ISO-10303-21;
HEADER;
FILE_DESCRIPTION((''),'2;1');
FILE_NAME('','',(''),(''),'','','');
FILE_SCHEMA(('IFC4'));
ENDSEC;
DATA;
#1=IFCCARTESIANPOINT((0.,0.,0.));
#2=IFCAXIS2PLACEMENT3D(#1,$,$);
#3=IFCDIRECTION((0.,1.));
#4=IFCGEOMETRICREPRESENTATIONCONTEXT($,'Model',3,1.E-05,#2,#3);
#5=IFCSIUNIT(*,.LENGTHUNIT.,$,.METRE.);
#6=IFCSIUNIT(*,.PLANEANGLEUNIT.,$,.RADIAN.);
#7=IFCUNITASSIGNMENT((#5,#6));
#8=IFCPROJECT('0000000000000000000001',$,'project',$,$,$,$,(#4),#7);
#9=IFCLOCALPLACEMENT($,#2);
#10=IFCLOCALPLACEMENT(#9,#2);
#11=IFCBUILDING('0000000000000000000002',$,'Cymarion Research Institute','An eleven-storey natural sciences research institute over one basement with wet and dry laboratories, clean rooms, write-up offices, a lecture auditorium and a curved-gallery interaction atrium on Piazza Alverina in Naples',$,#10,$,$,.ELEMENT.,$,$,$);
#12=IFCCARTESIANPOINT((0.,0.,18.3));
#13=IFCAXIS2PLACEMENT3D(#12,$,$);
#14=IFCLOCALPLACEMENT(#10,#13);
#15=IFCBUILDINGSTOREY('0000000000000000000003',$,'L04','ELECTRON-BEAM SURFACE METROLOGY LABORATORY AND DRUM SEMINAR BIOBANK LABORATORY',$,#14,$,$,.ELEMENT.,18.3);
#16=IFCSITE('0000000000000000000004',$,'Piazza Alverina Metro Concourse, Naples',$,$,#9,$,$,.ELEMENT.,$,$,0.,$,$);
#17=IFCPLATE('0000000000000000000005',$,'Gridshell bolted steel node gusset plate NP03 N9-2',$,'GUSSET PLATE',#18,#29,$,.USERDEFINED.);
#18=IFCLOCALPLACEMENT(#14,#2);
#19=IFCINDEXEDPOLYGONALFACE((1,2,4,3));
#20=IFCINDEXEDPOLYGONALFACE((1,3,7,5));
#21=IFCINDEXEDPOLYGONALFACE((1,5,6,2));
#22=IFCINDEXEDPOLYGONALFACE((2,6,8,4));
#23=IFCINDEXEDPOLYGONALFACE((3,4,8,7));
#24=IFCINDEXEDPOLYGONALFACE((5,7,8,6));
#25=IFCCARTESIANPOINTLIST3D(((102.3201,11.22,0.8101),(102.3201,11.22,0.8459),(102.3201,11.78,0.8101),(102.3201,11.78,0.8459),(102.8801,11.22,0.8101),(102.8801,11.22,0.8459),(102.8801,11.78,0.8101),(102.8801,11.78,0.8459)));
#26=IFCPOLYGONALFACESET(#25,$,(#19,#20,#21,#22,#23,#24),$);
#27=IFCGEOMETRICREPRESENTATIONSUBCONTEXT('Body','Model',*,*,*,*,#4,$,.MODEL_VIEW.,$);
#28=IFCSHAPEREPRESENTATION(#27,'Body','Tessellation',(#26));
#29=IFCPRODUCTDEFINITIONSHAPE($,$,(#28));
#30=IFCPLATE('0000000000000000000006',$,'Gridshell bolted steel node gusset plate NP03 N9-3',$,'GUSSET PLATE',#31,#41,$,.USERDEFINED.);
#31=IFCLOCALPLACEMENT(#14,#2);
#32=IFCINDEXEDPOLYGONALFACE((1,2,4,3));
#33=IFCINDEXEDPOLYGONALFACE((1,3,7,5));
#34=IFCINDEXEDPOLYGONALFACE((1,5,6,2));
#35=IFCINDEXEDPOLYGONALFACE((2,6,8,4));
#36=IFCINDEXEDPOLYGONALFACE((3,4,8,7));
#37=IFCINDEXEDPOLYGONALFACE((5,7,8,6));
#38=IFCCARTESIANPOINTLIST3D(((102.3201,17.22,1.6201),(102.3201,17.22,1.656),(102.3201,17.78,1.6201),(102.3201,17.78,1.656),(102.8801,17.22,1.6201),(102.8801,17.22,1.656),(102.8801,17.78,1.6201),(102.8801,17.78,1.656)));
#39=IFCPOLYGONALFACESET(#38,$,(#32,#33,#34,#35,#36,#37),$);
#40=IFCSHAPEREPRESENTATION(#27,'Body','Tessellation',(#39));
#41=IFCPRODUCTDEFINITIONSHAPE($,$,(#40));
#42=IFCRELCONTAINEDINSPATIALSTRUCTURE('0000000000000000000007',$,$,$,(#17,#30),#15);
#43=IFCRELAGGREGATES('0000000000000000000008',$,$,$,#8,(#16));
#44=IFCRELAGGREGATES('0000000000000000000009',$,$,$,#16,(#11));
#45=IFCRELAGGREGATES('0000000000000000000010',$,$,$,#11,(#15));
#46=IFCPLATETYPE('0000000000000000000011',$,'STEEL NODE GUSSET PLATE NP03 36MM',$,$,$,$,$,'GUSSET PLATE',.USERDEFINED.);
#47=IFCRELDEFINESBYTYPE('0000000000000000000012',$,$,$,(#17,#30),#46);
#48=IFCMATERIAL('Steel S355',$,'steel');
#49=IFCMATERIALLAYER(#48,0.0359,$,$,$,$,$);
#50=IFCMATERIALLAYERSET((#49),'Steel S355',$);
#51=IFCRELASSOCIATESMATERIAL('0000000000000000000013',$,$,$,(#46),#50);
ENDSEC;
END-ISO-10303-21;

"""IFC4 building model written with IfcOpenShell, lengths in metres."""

from ifc_helpers import new_model, si_unit, direction, frame, origin, origin_2d, place, context, subcontext, project, spatial, rectangle, extrude, material, layer, layer_set, type_object, element, save


model = new_model("IFC4")

# Units and contexts
model_context = context("Model", 3, precision=1e-05, world=origin(), true_north=direction((0.0, 1.0)))
body_context = subcontext(model_context, "Body", "Model", "MODEL_VIEW")
ifc_project = project(units=[si_unit("LENGTHUNIT", "METRE"), si_unit("PLANEANGLEUNIT", "RADIAN")], contexts=[model_context])

# Site, building, storey
site_placement = place(None, origin())
site = spatial("IfcSite", under=ifc_project, at=site_placement, Name="Piazza Alverina Metro Concourse, Naples", CompositionType="ELEMENT", RefElevation=0.0)
building_placement = place(site_placement, origin())
building = spatial("IfcBuilding", under=site, at=building_placement, Name="Cymarion Research Institute", Description="An eleven-storey natural sciences research institute over one basement with wet and dry laboratories, clean rooms, write-up offices, a lecture auditorium and a curved-gallery interaction atrium on Piazza Alverina in Naples", CompositionType="ELEMENT")
storey_placement = place(building_placement, frame((0.0, 0.0, 18.3)))
storey = spatial("IfcBuildingStorey", under=building, at=storey_placement, Name="L04", Description="ELECTRON-BEAM SURFACE METROLOGY LABORATORY AND DRUM SEMINAR BIOBANK LABORATORY", CompositionType="ELEMENT", Elevation=18.3)

# Shared definitions
ifc_material = material(Name="Steel S355", Category="steel")

# Plates
ifc_layer = layer(ifc_material, 0.0359)
ifc_layer_set = layer_set([ifc_layer], Name="Steel S355")
plate_type = type_object("IfcPlateType", Name="STEEL NODE GUSSET PLATE NP03 36MM", ElementType="GUSSET PLATE", PredefinedType="USERDEFINED", material=ifc_layer_set)
for number, where, z_axis, x_axis, name in (
    (1, (102.6001, 11.5, 0.8101), (0.0, 0.0, 1.0), (1.0, 0.0, 0.0), "Gridshell bolted steel node gusset plate NP03 N9-2"),
    (2, (102.6001, 17.5, 1.6201), (0.0, 0.0, 1.0), (1.0, 0.0, 0.0), "Gridshell bolted steel node gusset plate NP03 N9-3"),
):
    element("IfcPlate", number, at=place(storey_placement, frame(where, z_axis=z_axis, x_axis=x_axis)), inside=storey, type_object=plate_type, Name=name, ObjectType="GUSSET PLATE", PredefinedType="USERDEFINED", context=body_context, shape_type="SweptSolid", body=[
        extrude(rectangle(XDim=0.5601, YDim=0.5601, at=origin_2d()), origin(), (0.0, 0.0, 1.0), 0.0359),
    ])

save(model, "model.ifc")
